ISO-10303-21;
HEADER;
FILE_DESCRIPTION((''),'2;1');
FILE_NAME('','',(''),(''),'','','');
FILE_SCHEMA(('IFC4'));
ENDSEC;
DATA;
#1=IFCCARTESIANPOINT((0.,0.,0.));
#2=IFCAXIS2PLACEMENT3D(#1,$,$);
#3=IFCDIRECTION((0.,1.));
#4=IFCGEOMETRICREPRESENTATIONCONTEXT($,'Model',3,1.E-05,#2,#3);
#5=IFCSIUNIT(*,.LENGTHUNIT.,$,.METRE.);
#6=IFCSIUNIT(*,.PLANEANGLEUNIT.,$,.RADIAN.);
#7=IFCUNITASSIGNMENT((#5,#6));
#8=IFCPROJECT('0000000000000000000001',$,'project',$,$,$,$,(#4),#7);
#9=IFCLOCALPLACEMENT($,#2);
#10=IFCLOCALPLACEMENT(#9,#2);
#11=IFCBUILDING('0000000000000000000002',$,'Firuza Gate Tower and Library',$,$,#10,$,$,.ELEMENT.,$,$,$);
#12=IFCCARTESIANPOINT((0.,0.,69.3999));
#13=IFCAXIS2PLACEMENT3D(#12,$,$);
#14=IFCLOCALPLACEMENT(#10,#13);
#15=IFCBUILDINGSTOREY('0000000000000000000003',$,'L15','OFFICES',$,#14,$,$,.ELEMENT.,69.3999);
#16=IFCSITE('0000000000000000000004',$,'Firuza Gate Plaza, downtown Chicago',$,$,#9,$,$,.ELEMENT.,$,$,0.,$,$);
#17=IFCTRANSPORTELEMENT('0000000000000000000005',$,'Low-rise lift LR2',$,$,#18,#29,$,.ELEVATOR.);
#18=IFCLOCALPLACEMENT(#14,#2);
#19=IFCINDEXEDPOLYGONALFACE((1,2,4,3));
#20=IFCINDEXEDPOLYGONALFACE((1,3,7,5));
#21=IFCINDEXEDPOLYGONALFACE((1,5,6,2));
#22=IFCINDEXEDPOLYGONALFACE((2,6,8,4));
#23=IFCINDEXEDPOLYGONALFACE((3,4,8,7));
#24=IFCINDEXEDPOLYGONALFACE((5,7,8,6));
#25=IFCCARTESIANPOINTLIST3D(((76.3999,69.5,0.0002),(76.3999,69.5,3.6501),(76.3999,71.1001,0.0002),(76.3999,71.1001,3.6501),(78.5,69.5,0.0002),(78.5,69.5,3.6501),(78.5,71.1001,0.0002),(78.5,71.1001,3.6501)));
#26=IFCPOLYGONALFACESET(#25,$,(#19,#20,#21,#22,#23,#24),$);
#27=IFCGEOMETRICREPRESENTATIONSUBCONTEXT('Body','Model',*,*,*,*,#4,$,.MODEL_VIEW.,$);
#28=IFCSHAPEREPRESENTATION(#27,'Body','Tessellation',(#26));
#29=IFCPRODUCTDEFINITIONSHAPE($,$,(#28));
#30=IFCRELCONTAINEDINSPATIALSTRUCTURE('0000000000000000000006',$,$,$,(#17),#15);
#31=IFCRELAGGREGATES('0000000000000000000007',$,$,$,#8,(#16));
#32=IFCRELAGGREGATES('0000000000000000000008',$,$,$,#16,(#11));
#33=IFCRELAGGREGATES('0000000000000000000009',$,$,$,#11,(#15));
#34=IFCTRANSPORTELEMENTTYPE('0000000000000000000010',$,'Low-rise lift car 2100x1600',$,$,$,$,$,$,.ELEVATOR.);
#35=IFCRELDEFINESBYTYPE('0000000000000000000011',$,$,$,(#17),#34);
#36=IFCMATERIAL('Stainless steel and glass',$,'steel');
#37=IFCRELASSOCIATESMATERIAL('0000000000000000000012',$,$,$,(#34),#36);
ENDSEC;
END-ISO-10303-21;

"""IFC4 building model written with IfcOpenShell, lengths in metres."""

from ifc_helpers import new_model, si_unit, direction, frame, origin, origin_2d, place, context, subcontext, project, spatial, rectangle, extrude, material, type_object, element, save


model = new_model("IFC4")

# Units and contexts
model_context = context("Model", 3, precision=1e-05, world=origin(), true_north=direction((0.0, 1.0)))
body_context = subcontext(model_context, "Body", "Model", "MODEL_VIEW")
ifc_project = project(units=[si_unit("LENGTHUNIT", "METRE"), si_unit("PLANEANGLEUNIT", "RADIAN")], contexts=[model_context])

# Site, building, storey
site_placement = place(None, origin())
site = spatial("IfcSite", under=ifc_project, at=site_placement, Name="Firuza Gate Plaza, downtown Chicago", CompositionType="ELEMENT", RefElevation=0.0)
building_placement = place(site_placement, origin())
building = spatial("IfcBuilding", under=site, at=building_placement, Name="Firuza Gate Tower and Library", CompositionType="ELEMENT")
storey_placement = place(building_placement, frame((0.0, 0.0, 69.3999)))
storey = spatial("IfcBuildingStorey", under=building, at=storey_placement, Name="L15", Description="OFFICES", CompositionType="ELEMENT", Elevation=69.3999)

# Transport element
ifc_material_1 = material(Name="Stainless steel and glass", Category="steel")
transport_element_type = type_object("IfcTransportElementType", Name="Low-rise lift car 2100x1600", PredefinedType="ELEVATOR", material=ifc_material_1)
for number, where, z_axis, x_axis, name in (
    (1, (77.45, 70.3, 0.0002), (0.0, 0.0, 1.0), (1.0, 0.0, 0.0), "Low-rise lift LR2"),
):
    element("IfcTransportElement", number, at=place(storey_placement, frame(where, z_axis=z_axis, x_axis=x_axis)), inside=storey, type_object=transport_element_type, Name=name, PredefinedType="ELEVATOR", context=body_context, shape_type="SweptSolid", body=[
        extrude(rectangle(XDim=2.1001, YDim=1.6001, at=origin_2d()), origin(), (0.0, 0.0, 1.0), 3.6499),
    ])

save(model, "model.ifc")
